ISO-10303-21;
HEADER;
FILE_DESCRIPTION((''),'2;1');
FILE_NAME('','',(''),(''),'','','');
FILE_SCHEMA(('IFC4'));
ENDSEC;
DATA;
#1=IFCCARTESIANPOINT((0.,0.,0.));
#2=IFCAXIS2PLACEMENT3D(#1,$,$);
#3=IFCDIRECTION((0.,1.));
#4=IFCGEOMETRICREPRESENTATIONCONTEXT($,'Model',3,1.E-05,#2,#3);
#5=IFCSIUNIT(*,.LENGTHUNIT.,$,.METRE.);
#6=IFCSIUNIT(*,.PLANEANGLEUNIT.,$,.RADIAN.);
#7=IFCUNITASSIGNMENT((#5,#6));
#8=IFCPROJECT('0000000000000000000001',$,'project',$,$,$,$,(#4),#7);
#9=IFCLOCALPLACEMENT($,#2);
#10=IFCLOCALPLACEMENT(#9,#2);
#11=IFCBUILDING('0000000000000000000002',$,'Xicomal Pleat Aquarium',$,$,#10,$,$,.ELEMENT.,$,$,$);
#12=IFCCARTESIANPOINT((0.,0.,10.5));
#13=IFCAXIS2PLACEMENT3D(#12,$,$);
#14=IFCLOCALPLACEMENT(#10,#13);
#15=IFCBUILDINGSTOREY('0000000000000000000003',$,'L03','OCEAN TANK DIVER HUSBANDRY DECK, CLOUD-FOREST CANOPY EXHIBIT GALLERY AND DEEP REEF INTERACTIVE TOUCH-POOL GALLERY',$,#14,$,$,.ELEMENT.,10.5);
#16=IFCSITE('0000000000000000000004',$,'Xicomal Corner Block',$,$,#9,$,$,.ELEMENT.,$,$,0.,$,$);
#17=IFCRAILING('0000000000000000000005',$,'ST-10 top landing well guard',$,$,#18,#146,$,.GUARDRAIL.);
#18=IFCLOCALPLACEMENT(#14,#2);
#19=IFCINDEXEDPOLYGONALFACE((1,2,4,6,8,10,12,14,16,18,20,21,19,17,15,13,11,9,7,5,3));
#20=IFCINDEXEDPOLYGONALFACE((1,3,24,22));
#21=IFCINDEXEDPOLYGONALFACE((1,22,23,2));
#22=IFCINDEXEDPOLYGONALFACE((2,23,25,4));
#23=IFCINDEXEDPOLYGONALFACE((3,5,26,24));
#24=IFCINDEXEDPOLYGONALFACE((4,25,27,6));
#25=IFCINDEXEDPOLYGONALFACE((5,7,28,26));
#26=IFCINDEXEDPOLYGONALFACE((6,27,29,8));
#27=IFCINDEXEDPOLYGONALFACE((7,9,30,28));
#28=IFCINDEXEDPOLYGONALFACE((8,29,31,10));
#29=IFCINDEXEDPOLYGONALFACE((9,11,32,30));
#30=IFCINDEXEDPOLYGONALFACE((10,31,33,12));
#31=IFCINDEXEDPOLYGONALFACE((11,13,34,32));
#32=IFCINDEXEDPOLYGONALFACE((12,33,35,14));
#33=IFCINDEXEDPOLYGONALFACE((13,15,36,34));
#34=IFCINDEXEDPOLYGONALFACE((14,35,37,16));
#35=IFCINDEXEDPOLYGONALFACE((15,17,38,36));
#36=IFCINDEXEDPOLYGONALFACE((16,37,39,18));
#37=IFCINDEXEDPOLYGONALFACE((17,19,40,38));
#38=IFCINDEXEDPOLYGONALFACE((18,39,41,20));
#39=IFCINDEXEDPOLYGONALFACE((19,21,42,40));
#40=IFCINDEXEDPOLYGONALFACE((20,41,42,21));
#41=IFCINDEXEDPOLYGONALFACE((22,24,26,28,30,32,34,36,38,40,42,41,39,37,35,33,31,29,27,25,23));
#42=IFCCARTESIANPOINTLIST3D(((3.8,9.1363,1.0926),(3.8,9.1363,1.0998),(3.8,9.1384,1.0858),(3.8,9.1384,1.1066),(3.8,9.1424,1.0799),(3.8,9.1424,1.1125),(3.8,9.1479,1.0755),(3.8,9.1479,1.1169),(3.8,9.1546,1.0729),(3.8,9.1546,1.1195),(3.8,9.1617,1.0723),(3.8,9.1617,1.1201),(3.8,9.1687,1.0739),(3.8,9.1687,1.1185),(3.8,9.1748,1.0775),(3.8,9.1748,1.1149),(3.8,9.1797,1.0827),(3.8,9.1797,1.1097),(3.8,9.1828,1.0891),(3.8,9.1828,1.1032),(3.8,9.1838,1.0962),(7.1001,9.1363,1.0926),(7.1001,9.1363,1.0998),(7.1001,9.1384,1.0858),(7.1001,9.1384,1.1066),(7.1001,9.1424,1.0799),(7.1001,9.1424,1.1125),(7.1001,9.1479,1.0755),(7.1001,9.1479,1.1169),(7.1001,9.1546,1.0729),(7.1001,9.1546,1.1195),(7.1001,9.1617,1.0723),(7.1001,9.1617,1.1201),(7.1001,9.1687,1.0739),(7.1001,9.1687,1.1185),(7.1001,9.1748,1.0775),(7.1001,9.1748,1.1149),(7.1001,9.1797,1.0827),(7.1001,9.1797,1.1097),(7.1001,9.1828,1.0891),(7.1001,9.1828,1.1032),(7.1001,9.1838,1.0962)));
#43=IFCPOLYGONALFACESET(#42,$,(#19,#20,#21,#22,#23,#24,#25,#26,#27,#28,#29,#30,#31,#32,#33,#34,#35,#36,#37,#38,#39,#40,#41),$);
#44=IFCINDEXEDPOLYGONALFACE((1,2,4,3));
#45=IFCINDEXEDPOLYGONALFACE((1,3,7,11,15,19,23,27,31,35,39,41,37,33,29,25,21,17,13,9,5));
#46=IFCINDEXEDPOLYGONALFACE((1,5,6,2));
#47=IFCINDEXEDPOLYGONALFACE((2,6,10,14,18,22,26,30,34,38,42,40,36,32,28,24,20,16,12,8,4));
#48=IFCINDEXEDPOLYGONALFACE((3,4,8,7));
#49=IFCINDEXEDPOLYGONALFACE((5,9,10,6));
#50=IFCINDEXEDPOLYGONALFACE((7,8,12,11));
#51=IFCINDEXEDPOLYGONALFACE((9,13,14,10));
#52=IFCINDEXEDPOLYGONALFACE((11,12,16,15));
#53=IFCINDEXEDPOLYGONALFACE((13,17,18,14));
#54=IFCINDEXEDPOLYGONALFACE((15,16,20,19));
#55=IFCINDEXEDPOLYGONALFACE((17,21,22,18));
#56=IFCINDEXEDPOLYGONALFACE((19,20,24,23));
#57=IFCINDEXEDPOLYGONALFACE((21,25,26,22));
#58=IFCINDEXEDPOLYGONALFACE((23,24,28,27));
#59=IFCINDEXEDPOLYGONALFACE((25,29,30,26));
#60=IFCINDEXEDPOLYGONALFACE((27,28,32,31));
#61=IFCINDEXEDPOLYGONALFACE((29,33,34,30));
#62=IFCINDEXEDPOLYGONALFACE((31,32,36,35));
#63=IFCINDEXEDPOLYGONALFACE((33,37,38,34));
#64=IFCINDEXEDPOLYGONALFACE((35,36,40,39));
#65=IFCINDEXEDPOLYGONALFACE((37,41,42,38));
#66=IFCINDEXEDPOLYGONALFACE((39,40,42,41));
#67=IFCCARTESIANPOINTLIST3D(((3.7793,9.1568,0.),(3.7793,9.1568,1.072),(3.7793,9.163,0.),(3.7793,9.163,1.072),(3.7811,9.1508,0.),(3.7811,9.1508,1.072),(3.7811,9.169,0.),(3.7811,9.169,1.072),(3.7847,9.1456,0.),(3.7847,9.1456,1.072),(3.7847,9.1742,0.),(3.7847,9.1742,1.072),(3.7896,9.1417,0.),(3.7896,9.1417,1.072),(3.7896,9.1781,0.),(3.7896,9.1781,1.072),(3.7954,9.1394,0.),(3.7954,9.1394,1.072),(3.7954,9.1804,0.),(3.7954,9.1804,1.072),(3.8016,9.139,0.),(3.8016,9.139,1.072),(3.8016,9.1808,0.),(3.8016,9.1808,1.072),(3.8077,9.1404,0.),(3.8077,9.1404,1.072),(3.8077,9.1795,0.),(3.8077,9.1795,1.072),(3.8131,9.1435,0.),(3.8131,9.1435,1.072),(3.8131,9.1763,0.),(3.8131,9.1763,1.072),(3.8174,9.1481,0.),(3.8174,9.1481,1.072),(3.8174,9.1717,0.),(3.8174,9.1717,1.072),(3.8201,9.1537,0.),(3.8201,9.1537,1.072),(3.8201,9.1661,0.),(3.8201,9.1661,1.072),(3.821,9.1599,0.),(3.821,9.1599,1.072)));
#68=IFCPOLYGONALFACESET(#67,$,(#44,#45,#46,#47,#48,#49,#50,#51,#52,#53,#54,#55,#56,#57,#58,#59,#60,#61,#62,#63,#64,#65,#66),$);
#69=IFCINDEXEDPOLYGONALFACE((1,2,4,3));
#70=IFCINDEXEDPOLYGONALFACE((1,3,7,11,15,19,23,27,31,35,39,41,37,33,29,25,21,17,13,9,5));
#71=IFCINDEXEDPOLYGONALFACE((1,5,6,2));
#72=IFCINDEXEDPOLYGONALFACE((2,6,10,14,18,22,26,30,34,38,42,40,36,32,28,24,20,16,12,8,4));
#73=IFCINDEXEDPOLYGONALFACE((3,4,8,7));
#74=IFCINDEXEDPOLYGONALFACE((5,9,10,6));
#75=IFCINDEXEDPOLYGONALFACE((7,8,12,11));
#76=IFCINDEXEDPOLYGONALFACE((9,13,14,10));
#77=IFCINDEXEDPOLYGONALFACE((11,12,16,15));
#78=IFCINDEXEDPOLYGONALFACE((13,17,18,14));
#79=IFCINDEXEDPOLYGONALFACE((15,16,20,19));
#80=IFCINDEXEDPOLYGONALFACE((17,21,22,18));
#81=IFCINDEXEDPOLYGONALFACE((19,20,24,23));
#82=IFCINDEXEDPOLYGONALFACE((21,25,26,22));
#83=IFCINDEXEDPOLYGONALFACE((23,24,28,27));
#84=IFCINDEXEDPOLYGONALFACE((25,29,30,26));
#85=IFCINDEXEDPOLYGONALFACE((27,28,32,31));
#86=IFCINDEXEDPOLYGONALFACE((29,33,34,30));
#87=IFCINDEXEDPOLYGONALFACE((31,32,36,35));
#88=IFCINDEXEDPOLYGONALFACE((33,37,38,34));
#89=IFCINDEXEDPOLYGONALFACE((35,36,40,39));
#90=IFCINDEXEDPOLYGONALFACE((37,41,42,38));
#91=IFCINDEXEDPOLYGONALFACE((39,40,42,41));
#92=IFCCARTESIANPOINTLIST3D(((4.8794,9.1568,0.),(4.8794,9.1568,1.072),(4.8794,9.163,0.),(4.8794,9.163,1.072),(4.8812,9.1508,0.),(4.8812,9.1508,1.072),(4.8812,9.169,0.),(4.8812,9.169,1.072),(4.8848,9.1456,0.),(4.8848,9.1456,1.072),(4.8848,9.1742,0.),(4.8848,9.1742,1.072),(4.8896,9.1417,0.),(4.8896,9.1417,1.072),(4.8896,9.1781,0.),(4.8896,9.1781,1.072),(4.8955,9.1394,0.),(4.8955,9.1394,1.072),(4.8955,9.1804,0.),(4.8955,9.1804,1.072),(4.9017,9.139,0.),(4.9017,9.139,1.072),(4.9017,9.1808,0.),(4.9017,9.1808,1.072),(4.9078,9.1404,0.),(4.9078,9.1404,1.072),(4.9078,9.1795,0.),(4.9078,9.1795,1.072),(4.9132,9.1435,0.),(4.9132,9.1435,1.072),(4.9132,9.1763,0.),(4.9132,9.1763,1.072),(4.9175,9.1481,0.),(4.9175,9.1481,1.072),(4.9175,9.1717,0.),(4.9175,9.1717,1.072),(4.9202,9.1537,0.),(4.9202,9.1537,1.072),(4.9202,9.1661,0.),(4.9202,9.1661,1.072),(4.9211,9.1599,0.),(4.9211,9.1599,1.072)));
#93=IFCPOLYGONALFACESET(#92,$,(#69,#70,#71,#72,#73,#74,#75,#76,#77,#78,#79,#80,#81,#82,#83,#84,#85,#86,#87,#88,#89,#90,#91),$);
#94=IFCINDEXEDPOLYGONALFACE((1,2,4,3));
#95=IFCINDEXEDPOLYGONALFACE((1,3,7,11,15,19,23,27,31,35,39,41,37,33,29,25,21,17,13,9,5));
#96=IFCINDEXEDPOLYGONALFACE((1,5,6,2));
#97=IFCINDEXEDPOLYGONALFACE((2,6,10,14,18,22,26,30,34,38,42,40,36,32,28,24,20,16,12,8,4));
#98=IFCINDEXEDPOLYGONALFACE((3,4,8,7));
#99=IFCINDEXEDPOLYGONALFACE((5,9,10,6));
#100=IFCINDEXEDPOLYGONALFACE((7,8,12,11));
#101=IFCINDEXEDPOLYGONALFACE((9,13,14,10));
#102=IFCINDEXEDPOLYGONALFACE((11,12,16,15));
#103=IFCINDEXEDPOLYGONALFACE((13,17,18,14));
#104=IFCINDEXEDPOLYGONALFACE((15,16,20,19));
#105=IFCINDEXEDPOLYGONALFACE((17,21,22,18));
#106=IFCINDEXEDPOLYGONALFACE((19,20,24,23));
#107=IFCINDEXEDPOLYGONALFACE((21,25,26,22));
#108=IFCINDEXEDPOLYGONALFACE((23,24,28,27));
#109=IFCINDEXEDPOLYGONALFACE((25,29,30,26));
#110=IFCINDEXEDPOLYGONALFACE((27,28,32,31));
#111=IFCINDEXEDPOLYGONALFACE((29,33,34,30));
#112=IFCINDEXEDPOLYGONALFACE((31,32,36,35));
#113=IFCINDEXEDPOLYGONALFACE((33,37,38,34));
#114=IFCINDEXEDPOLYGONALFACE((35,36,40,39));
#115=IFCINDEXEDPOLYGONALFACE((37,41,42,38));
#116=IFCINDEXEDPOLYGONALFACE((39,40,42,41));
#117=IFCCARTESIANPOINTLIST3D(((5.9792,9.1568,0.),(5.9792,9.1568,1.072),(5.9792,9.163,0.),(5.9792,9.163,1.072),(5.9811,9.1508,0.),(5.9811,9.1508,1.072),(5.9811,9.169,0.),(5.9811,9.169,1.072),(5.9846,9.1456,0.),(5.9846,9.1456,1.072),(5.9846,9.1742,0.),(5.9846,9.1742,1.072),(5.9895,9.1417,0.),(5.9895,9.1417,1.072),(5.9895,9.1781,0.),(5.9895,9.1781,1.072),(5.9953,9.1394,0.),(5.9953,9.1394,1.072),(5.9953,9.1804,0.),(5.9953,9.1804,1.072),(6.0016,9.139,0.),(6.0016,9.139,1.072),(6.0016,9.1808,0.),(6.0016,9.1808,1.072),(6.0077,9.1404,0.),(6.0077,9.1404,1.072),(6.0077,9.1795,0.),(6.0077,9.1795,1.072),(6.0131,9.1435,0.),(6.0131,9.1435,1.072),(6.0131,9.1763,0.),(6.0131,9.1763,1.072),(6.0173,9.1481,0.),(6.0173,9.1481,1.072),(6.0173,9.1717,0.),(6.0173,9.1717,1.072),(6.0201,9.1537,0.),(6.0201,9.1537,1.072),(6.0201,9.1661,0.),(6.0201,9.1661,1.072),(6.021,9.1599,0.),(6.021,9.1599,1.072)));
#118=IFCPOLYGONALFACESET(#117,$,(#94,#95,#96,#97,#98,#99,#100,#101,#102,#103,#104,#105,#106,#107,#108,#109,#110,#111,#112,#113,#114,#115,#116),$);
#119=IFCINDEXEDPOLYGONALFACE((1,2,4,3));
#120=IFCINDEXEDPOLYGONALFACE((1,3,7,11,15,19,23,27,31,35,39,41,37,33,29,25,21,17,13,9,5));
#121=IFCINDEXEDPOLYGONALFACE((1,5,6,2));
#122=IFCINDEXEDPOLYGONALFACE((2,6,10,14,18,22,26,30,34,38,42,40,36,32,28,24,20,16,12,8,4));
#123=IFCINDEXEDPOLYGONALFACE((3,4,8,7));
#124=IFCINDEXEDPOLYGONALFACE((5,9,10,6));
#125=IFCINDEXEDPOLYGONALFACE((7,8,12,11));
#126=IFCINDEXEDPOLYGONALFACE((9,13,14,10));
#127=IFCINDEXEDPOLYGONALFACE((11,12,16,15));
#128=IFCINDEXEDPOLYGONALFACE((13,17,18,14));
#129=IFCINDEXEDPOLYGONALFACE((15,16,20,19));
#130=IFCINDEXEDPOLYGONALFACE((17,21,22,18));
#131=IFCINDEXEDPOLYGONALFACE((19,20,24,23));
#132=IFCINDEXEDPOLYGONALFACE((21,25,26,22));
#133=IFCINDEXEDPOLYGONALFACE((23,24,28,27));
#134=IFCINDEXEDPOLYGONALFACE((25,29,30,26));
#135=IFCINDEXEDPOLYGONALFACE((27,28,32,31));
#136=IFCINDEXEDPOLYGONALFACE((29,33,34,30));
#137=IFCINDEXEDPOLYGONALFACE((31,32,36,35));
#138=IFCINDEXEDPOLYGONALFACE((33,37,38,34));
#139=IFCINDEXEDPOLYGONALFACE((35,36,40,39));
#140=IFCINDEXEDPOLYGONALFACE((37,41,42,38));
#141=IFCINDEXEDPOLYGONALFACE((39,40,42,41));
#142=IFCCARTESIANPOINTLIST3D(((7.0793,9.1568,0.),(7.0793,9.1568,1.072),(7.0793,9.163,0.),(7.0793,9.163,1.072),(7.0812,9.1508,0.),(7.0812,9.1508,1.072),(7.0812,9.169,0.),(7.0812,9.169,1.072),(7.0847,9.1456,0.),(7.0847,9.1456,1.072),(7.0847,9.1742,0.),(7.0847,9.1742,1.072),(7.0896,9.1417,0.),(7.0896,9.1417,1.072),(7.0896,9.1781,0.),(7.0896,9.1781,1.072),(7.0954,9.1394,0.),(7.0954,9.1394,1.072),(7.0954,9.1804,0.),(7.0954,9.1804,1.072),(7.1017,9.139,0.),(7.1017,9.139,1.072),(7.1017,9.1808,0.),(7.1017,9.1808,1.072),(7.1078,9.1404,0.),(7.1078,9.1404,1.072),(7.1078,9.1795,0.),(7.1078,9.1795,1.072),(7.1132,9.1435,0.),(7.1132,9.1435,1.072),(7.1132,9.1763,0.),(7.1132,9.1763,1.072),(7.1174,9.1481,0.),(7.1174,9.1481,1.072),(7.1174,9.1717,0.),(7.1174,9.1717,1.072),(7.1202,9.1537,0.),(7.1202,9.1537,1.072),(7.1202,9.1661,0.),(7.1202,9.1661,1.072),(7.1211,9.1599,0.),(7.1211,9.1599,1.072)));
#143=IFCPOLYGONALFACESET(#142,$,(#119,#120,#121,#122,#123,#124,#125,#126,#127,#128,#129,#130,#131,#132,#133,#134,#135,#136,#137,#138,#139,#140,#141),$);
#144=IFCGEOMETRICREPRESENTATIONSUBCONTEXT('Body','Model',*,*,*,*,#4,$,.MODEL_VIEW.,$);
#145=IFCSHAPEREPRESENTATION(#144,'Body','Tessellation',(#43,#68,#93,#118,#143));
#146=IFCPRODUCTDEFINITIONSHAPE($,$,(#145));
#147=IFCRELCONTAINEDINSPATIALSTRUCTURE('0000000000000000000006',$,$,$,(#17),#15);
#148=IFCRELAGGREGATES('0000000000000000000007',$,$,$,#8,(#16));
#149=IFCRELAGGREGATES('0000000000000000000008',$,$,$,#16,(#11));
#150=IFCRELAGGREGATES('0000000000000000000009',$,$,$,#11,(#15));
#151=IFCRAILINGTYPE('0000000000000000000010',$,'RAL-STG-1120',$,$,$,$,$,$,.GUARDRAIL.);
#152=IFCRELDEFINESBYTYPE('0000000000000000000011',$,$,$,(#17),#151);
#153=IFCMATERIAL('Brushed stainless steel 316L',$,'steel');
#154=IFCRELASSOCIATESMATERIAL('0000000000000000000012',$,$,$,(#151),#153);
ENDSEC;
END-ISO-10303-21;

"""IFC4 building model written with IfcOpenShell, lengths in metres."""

from ifc_helpers import new_model, si_unit, direction, frame, origin, origin_2d, place, context, subcontext, project, spatial, circle, extrude, material, type_object, element, save


model = new_model("IFC4")

# Units and contexts
model_context = context("Model", 3, precision=1e-05, world=origin(), true_north=direction((0.0, 1.0)))
body_context = subcontext(model_context, "Body", "Model", "MODEL_VIEW")
ifc_project = project(units=[si_unit("LENGTHUNIT", "METRE"), si_unit("PLANEANGLEUNIT", "RADIAN")], contexts=[model_context])

# Site, building, storey
site_placement = place(None, origin())
site = spatial("IfcSite", under=ifc_project, at=site_placement, Name="Xicomal Corner Block", CompositionType="ELEMENT", RefElevation=0.0)
building_placement = place(site_placement, origin())
building = spatial("IfcBuilding", under=site, at=building_placement, Name="Xicomal Pleat Aquarium", CompositionType="ELEMENT")
storey_placement = place(building_placement, frame((0.0, 0.0, 10.5)))
storey = spatial("IfcBuildingStorey", under=building, at=storey_placement, Name="L03", Description="OCEAN TANK DIVER HUSBANDRY DECK, CLOUD-FOREST CANOPY EXHIBIT GALLERY AND DEEP REEF INTERACTIVE TOUCH-POOL GALLERY", CompositionType="ELEMENT", Elevation=10.5)

# Railing
ifc_material_1 = material(Name="Brushed stainless steel 316L", Category="steel")
railing_type = type_object("IfcRailingType", Name="RAL-STG-1120", PredefinedType="GUARDRAIL", material=ifc_material_1)
for number, where, name in (
    (1, (3.8, 9.1599, 0.0), "ST-10 top landing well guard"),
):
    element("IfcRailing", number, at=place(storey_placement, frame(where)), inside=storey, type_object=railing_type, Name=name, PredefinedType="GUARDRAIL", context=body_context, shape_type="SweptSolid", body=[
        extrude(circle(Radius=0.0239, at=origin_2d()), frame((0.0, 0.0, 1.0962), z_axis=(1.0, 0.0, 0.0), x_axis=(0.0, 1.0, 0.0)), (0.0, 0.0, 1.0), 3.3),
        extrude(circle(Radius=0.021, at=origin_2d()), origin(), (0.0, 0.0, 1.0), 1.072),
        extrude(circle(Radius=0.021, at=origin_2d()), frame((1.1001, 0.0, 0.0)), (0.0, 0.0, 1.0), 1.072),
        extrude(circle(Radius=0.021, at=origin_2d()), frame((2.2, 0.0, 0.0)), (0.0, 0.0, 1.0), 1.072),
        extrude(circle(Radius=0.021, at=origin_2d()), frame((3.3, 0.0, 0.0)), (0.0, 0.0, 1.0), 1.072),
    ])

save(model, "model.ifc")
